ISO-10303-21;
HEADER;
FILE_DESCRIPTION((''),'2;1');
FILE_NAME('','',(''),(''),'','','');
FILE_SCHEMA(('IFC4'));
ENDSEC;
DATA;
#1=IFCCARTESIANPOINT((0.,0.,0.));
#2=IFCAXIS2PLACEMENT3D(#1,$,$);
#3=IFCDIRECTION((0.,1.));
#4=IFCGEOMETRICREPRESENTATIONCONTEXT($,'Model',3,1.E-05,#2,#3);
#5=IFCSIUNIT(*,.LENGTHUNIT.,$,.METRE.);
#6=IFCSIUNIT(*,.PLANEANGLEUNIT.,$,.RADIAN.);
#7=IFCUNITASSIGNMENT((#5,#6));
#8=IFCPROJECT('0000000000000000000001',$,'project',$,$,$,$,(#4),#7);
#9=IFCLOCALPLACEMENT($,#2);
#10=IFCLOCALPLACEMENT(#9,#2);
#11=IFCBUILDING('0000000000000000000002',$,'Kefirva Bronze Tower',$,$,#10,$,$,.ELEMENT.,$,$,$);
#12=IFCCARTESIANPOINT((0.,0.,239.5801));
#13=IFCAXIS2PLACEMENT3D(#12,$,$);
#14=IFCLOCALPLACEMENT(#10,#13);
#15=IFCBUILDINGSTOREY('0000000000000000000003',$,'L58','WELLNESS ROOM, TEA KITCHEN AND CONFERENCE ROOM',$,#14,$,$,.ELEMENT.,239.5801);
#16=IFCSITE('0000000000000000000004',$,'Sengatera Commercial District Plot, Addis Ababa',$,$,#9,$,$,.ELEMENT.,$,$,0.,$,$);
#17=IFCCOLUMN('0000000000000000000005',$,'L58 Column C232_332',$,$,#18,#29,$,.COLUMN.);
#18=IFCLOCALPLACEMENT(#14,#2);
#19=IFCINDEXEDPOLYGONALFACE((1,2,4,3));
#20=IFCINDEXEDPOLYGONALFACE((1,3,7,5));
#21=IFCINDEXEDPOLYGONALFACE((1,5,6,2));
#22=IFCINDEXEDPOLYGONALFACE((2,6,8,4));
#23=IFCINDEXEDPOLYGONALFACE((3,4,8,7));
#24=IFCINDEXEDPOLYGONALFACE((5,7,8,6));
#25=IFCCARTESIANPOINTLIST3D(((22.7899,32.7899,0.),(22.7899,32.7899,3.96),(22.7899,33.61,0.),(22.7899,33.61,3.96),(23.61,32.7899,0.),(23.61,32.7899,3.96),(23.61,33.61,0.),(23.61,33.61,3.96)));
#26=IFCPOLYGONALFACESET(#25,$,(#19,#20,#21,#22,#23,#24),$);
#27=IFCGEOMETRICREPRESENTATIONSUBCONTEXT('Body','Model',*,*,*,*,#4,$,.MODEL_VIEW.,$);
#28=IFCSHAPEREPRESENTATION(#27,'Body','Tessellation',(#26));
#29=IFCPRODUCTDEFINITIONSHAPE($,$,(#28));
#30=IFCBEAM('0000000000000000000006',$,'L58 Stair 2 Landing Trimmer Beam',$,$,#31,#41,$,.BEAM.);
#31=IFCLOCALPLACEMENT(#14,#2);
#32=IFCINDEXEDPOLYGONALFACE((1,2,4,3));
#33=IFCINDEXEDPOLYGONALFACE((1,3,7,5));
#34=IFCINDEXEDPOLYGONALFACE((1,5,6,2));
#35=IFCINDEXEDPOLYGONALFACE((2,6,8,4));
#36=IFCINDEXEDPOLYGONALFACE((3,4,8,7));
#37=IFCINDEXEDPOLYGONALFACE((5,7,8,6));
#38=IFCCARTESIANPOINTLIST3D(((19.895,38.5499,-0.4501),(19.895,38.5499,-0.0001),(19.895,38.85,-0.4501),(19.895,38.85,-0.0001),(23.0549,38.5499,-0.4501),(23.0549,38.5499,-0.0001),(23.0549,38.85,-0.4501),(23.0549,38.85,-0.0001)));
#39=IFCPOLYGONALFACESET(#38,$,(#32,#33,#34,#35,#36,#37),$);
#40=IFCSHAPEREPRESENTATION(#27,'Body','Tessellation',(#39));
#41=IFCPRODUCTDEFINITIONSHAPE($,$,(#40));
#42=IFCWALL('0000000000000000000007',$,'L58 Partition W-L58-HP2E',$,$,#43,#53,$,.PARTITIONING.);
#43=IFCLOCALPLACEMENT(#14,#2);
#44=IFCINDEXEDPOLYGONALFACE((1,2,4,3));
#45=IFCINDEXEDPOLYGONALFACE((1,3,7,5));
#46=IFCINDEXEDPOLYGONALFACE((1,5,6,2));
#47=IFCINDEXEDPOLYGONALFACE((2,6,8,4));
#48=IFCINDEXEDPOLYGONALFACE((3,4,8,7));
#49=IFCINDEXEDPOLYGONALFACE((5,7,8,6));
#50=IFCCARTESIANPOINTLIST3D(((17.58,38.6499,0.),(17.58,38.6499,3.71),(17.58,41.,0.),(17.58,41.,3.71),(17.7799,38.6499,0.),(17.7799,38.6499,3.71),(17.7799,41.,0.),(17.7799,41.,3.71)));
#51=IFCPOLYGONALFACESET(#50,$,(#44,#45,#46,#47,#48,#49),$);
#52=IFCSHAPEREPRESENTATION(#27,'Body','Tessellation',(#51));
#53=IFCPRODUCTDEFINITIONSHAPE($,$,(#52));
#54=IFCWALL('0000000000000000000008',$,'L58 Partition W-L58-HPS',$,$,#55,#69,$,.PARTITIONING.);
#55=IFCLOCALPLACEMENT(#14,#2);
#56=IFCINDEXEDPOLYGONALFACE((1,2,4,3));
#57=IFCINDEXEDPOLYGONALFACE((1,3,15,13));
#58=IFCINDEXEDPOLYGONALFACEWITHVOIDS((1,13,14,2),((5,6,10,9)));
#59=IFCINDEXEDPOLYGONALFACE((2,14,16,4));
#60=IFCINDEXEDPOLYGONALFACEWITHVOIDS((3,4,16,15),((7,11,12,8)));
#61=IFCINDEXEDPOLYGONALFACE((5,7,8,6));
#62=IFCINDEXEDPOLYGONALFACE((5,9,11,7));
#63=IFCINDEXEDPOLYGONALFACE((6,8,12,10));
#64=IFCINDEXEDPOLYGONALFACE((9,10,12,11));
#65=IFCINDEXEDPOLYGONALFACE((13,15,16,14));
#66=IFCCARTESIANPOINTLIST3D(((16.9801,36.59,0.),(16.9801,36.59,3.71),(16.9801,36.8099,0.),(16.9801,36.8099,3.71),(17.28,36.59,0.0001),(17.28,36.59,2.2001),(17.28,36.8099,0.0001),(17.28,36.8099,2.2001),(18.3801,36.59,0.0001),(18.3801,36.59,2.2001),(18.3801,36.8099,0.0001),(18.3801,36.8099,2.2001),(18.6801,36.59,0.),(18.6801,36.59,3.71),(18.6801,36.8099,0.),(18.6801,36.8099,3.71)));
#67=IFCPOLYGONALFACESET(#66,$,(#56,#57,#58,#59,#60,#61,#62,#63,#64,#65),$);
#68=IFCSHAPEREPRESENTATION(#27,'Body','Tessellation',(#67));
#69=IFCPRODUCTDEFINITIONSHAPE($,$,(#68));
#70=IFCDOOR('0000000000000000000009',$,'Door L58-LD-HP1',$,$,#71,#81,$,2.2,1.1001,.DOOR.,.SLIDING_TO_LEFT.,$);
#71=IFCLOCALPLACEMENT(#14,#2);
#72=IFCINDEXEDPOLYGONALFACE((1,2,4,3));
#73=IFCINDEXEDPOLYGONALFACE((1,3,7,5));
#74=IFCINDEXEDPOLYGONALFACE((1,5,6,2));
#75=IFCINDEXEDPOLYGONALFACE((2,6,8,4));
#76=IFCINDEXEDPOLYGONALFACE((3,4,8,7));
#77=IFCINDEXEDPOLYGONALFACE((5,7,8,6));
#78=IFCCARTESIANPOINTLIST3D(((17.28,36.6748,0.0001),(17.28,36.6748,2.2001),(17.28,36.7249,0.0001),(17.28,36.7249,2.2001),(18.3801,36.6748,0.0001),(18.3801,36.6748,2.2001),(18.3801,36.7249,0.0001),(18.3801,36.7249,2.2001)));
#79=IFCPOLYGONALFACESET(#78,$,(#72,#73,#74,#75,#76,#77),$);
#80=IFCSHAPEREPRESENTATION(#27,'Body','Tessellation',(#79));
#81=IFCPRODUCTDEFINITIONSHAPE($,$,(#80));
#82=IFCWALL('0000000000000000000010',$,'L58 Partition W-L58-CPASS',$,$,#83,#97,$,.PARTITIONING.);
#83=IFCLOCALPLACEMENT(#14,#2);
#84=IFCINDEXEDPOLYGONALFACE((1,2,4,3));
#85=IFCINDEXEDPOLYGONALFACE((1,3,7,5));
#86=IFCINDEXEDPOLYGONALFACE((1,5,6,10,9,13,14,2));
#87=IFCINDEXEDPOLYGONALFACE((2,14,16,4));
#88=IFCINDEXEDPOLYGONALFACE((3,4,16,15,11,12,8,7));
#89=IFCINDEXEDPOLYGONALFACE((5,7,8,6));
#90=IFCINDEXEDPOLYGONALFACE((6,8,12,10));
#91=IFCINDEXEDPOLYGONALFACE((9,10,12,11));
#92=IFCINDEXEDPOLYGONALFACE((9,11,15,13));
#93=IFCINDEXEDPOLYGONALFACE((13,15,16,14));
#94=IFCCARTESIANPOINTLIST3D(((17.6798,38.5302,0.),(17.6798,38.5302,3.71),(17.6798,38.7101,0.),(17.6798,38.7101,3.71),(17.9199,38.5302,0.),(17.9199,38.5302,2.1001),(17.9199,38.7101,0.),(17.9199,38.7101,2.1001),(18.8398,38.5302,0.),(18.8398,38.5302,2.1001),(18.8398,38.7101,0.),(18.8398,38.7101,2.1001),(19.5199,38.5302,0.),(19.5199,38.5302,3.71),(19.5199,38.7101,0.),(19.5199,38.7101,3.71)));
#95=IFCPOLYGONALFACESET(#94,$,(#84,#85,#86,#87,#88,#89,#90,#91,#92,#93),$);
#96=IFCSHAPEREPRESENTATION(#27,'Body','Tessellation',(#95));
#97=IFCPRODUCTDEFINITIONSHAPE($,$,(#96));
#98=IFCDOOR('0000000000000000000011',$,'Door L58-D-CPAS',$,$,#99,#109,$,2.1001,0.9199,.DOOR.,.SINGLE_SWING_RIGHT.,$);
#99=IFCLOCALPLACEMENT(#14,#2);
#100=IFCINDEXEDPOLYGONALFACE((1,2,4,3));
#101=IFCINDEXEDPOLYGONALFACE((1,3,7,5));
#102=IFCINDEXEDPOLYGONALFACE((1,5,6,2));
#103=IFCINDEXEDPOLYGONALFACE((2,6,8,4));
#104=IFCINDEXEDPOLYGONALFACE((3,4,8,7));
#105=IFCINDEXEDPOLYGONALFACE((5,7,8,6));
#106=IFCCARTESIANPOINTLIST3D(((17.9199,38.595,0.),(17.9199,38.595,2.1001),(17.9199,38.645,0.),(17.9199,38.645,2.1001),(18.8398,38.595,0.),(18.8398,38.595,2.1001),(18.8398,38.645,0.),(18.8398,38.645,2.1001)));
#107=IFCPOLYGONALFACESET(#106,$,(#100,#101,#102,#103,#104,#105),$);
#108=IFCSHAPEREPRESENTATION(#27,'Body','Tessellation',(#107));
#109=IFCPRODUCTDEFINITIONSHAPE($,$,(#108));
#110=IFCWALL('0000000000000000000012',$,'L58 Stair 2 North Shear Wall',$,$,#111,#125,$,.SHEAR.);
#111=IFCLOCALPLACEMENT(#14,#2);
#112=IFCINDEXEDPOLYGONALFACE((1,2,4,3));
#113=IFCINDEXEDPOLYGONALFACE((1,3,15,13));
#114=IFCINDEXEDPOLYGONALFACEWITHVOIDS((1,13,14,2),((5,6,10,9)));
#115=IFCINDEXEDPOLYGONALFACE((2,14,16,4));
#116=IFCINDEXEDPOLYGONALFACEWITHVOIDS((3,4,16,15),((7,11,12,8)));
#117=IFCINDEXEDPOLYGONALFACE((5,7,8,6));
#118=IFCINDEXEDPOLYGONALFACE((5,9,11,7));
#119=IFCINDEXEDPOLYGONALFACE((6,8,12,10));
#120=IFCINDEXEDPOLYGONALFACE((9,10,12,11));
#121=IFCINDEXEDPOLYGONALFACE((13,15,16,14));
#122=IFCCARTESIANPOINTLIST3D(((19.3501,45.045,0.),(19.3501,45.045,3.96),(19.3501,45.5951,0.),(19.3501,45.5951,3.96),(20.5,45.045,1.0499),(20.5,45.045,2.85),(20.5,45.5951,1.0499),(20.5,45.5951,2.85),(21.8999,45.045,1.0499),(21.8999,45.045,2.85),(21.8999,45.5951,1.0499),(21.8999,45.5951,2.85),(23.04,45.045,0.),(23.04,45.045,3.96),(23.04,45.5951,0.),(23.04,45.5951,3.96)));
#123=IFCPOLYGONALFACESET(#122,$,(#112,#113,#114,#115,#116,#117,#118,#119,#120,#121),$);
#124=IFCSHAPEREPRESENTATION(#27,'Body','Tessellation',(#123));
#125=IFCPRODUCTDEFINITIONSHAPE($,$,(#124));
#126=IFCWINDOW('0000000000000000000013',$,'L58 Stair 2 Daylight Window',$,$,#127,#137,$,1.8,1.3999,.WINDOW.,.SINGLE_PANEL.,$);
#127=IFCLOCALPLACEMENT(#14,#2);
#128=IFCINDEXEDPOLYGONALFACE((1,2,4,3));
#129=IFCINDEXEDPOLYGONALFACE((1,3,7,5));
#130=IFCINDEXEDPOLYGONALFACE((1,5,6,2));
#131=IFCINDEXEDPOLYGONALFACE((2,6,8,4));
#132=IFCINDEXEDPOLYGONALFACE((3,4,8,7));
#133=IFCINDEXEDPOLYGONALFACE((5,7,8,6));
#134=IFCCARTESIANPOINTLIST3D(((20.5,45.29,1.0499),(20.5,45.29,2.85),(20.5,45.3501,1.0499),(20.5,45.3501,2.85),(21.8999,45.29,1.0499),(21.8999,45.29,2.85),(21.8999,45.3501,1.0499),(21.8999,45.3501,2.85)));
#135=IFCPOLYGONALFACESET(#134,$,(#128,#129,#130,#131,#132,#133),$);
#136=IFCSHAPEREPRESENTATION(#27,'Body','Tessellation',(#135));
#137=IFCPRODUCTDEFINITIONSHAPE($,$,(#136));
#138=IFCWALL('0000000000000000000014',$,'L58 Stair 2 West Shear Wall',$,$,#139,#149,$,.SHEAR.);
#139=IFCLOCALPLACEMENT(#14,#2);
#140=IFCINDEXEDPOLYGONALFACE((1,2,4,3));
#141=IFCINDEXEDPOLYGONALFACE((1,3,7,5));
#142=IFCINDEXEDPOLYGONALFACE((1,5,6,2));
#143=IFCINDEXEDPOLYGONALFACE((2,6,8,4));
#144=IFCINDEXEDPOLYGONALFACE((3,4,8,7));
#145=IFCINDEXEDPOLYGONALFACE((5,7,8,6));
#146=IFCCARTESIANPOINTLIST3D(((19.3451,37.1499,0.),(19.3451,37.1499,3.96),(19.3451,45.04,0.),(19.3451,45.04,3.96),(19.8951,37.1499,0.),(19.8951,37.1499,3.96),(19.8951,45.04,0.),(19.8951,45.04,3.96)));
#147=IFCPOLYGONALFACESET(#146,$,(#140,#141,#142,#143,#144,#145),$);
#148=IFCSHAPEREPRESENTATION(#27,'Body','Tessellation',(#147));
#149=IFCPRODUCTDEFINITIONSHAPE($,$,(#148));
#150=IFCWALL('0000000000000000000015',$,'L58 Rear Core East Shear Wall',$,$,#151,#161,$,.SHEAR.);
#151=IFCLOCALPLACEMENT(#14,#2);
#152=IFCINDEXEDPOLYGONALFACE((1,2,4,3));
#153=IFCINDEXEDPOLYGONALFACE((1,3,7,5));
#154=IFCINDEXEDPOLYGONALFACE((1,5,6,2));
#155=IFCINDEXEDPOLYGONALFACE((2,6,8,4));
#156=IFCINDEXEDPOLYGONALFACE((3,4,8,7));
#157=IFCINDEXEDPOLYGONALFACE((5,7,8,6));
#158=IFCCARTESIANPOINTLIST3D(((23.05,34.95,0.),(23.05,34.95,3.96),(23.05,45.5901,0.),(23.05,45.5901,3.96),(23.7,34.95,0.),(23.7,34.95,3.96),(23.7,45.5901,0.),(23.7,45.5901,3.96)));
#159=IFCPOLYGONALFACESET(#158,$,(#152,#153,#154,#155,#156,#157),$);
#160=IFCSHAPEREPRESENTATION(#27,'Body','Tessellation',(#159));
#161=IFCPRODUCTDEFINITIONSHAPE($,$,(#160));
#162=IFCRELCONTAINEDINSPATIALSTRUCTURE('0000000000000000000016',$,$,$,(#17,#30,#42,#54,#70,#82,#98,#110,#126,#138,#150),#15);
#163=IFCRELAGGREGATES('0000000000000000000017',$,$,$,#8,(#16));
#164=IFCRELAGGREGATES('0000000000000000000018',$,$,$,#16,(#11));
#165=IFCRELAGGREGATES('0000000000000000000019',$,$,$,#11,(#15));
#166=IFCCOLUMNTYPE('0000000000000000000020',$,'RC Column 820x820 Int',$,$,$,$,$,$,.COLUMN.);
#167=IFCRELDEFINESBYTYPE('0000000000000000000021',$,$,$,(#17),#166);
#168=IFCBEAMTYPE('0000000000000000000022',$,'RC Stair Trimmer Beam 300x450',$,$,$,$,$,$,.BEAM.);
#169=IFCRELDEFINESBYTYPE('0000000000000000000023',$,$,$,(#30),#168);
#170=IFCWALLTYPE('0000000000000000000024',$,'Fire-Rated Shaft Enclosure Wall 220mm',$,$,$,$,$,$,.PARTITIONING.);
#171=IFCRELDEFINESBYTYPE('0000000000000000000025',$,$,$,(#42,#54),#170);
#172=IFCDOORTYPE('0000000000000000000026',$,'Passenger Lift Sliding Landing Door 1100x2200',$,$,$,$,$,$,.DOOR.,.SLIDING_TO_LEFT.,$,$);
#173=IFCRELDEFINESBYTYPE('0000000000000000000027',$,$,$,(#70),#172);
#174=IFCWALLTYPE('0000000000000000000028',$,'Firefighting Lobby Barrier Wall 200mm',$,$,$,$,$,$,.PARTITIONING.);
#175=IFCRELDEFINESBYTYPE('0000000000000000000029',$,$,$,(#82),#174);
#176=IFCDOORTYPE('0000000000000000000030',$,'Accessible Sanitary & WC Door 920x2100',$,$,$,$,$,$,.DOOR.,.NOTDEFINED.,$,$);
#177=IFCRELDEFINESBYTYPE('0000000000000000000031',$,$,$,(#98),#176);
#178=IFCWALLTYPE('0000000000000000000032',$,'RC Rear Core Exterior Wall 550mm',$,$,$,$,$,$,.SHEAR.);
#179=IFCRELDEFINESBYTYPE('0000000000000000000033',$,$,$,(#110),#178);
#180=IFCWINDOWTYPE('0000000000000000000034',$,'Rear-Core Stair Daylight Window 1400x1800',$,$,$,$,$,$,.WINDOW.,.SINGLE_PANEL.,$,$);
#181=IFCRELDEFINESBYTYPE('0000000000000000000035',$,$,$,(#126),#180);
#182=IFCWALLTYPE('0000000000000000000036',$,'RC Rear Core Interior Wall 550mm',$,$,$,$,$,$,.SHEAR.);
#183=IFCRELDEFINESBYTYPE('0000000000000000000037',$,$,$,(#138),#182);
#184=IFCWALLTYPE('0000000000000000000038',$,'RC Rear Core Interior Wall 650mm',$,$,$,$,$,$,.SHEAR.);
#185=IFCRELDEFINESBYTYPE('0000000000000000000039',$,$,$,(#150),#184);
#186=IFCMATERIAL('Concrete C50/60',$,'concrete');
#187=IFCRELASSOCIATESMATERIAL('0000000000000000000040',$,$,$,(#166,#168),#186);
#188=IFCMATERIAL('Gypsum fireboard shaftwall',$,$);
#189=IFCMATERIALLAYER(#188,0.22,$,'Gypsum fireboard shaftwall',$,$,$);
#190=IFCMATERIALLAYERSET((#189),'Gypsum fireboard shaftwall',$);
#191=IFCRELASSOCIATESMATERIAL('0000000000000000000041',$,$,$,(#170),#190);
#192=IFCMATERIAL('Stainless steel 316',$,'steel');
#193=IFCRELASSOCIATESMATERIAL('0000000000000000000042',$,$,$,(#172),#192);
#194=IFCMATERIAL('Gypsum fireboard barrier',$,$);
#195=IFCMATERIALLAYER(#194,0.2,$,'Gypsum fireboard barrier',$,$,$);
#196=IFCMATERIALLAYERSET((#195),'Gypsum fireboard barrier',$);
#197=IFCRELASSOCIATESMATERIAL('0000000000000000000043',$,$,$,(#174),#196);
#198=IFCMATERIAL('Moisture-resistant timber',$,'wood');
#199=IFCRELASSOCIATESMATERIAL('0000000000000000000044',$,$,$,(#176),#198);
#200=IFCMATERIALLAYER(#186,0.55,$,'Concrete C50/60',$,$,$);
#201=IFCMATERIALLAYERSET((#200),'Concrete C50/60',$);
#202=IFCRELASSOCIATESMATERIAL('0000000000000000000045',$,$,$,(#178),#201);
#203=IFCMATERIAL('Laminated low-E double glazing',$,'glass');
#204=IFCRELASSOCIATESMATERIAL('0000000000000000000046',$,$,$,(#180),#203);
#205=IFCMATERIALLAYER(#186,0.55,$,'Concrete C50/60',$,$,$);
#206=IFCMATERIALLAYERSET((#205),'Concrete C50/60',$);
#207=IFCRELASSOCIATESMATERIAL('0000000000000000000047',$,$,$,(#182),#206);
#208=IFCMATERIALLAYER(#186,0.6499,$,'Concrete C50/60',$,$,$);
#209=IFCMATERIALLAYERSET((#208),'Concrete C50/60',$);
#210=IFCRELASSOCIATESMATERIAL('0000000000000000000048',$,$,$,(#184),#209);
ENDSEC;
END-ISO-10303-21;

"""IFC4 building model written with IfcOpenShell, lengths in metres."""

from ifc_helpers import new_model, si_unit, direction, frame, frame_2d, origin, origin_2d, place, context, subcontext, project, spatial, rectangle, extrude, material, layer, layer_set, material_profile, profile_set, type_object, element, fill, save


model = new_model("IFC4")

# Units and contexts
model_context = context("Model", 3, precision=1e-05, world=origin(), true_north=direction((0.0, 1.0)))
body_context = subcontext(model_context, "Body", "Model", "MODEL_VIEW")
ifc_project = project(units=[si_unit("LENGTHUNIT", "METRE"), si_unit("PLANEANGLEUNIT", "RADIAN")], contexts=[model_context])

# Site, building, storey
site_placement = place(None, origin())
site = spatial("IfcSite", under=ifc_project, at=site_placement, Name="Sengatera Commercial District Plot, Addis Ababa", CompositionType="ELEMENT", RefElevation=0.0)
building_placement = place(site_placement, origin())
building = spatial("IfcBuilding", under=site, at=building_placement, Name="Kefirva Bronze Tower", CompositionType="ELEMENT")
storey_placement = place(building_placement, frame((0.0, 0.0, 239.5801)))
storey = spatial("IfcBuildingStorey", under=building, at=storey_placement, Name="L58", Description="WELLNESS ROOM, TEA KITCHEN AND CONFERENCE ROOM", CompositionType="ELEMENT", Elevation=239.5801)

# Column
ifc_material_1 = material(Name="Concrete C50/60", Category="concrete")
ifc_material_profile_1 = material_profile(ifc_material_1, rectangle(XDim=0.8201, YDim=0.8201, at=origin_2d()), Name="RC 820x820")
ifc_profile_set_1 = profile_set([ifc_material_profile_1], Name="Concrete C50/60")
column_type = type_object("IfcColumnType", Name="RC Column 820x820 Int", PredefinedType="COLUMN", material=ifc_profile_set_1)
column_placement = place(storey_placement, frame((23.2, 33.2, 0.0), z_axis=(0.0, 0.0, 1.0), x_axis=(1.0, 0.0, 0.0)))
element("IfcColumn", 1, at=column_placement, inside=storey, type_object=column_type, Name="L58 Column C232_332", PredefinedType="COLUMN", context=body_context, shape_type="SweptSolid", body=[
    extrude(rectangle(XDim=0.8201, YDim=0.8201, at=origin_2d()), origin(), (0.0, 0.0, 1.0), 3.96),
])

# Beam
ifc_material_profile_2 = material_profile(ifc_material_1, rectangle(XDim=0.3, YDim=0.45, at=origin_2d()), Name="RC 300x450")
ifc_profile_set_2 = profile_set([ifc_material_profile_2], Name="Concrete C50/60")
beam_type = type_object("IfcBeamType", Name="RC Stair Trimmer Beam 300x450", PredefinedType="BEAM", material=ifc_profile_set_2)
beam_placement = place(storey_placement, frame((19.895, 38.7, -0.2251), z_axis=(1.0, 0.0, 0.0), x_axis=(0.0, 1.0, 0.0)))
element("IfcBeam", 2, at=beam_placement, inside=storey, type_object=beam_type, Name="L58 Stair 2 Landing Trimmer Beam", PredefinedType="BEAM", context=body_context, shape_type="SweptSolid", body=[
    extrude(rectangle(XDim=0.3, YDim=0.45, at=origin_2d()), origin(), (0.0, 0.0, 1.0), 3.1599),
])

# Shared definitions
ifc_material_2 = material(Name="Gypsum fireboard shaftwall")
ifc_layer_1 = layer(ifc_material_2, 0.22, Name="Gypsum fireboard shaftwall")
ifc_layer_set_1 = layer_set([ifc_layer_1], Name="Gypsum fireboard shaftwall")
wall_type_1 = type_object("IfcWallType", Name="Fire-Rated Shaft Enclosure Wall 220mm", PredefinedType="PARTITIONING", material=ifc_layer_set_1)

# Wall
wall_1_placement = place(storey_placement, frame((17.6799, 38.6499, 0.0), z_axis=(0.0, 0.0, 1.0), x_axis=(0.0, 1.0, 0.0)))
element("IfcWall", 3, at=wall_1_placement, inside=storey, type_object=wall_type_1, Name="L58 Partition W-L58-HP2E", PredefinedType="PARTITIONING", context=body_context, shape_type="SweptSolid", body=[
    extrude(rectangle(XDim=2.3501, YDim=0.2, at=frame_2d((1.175, 0.0))), origin(), (0.0, 0.0, 1.0), 3.71),
])

# Walls, openings, doors
wall_2_placement = place(storey_placement, frame((16.98, 36.7, 0.0), z_axis=(0.0, 0.0, 1.0), x_axis=(1.0, 0.0, 0.0)))
wall_2 = element("IfcWall", 4, at=wall_2_placement, inside=storey, type_object=wall_type_1, Name="L58 Partition W-L58-HPS", PredefinedType="PARTITIONING", context=body_context, shape_type="SweptSolid", body=[
    extrude(rectangle(XDim=1.7, YDim=0.22, at=frame_2d((0.8501, 0.0))), origin(), (0.0, 0.0, 1.0), 3.71),
])
opening_1_placement = place(wall_2_placement, frame((0.3, 0.0, 0.0)))
opening_1 = element("IfcOpeningElement", 5, at=opening_1_placement, cuts=wall_2, PredefinedType="OPENING", context=body_context, shape_type="SweptSolid", body=[
    extrude(rectangle(XDim=1.1001, YDim=2.2, at=frame_2d((0.55, 1.1001))), frame((0.0, 0.1201, 0.0), z_axis=(0.0, -1.0, 0.0), x_axis=(1.0, 0.0, 0.0)), (0.0, 0.0, 1.0), 0.24),
])
ifc_material_3 = material(Name="Stainless steel 316", Category="steel")
door_type_1 = type_object("IfcDoorType", Name="Passenger Lift Sliding Landing Door 1100x2200", OperationType="SLIDING_TO_LEFT", PredefinedType="DOOR", material=ifc_material_3)
door_1_placement = place(opening_1_placement, origin())
door_1 = element("IfcDoor", 6, at=door_1_placement, inside=storey, type_object=door_type_1, Name="Door L58-LD-HP1", OperationType="SLIDING_TO_LEFT", OverallHeight=2.2, OverallWidth=1.1001, PredefinedType="DOOR", context=body_context, shape_type="SweptSolid", body=[
    extrude(rectangle(XDim=1.1001, YDim=2.2, at=frame_2d((0.55, 1.1001))), frame((0.0, 0.0249, 0.0), z_axis=(0.0, -1.0, 0.0), x_axis=(1.0, 0.0, 0.0)), (0.0, 0.0, 1.0), 0.05),
])
fill(opening_1, door_1)
ifc_material_4 = material(Name="Gypsum fireboard barrier")
ifc_layer_2 = layer(ifc_material_4, 0.2, Name="Gypsum fireboard barrier")
ifc_layer_set_2 = layer_set([ifc_layer_2], Name="Gypsum fireboard barrier")
wall_type_2 = type_object("IfcWallType", Name="Firefighting Lobby Barrier Wall 200mm", PredefinedType="PARTITIONING", material=ifc_layer_set_2)
wall_3_placement = place(storey_placement, frame((17.6799, 38.6201, 0.0), z_axis=(0.0, 0.0, 1.0), x_axis=(1.0, 0.0, 0.0)))
wall_3 = element("IfcWall", 7, at=wall_3_placement, inside=storey, type_object=wall_type_2, Name="L58 Partition W-L58-CPASS", PredefinedType="PARTITIONING", context=body_context, shape_type="SweptSolid", body=[
    extrude(rectangle(XDim=1.8401, YDim=0.1799, at=frame_2d((0.9199, 0.0))), origin(), (0.0, 0.0, 1.0), 3.71),
])
opening_2_placement = place(wall_3_placement, frame((0.24, 0.0, 0.0)))
opening_2 = element("IfcOpeningElement", 8, at=opening_2_placement, cuts=wall_3, PredefinedType="OPENING", context=body_context, shape_type="SweptSolid", body=[
    extrude(rectangle(XDim=0.9199, YDim=2.1001, at=frame_2d((0.46, 1.05))), frame((0.0, 0.1001, 0.0), z_axis=(0.0, -1.0, 0.0), x_axis=(1.0, 0.0, 0.0)), (0.0, 0.0, 1.0), 0.2),
])
ifc_material_5 = material(Name="Moisture-resistant timber", Category="wood")
door_type_2 = type_object("IfcDoorType", Name="Accessible Sanitary & WC Door 920x2100", OperationType="NOTDEFINED", PredefinedType="DOOR", material=ifc_material_5)
door_2_placement = place(opening_2_placement, origin())
door_2 = element("IfcDoor", 9, at=door_2_placement, inside=storey, type_object=door_type_2, Name="Door L58-D-CPAS", OperationType="SINGLE_SWING_RIGHT", OverallHeight=2.1001, OverallWidth=0.9199, PredefinedType="DOOR", context=body_context, shape_type="SweptSolid", body=[
    extrude(rectangle(XDim=0.9199, YDim=2.1001, at=frame_2d((0.46, 1.05))), frame((0.0, 0.0249, 0.0), z_axis=(0.0, -1.0, 0.0), x_axis=(1.0, 0.0, 0.0)), (0.0, 0.0, 1.0), 0.05),
])
fill(opening_2, door_2)

# Wall, opening, window
ifc_layer_3 = layer(ifc_material_1, 0.55, Name="Concrete C50/60")
ifc_layer_set_3 = layer_set([ifc_layer_3], Name="Concrete C50/60")
wall_type_3 = type_object("IfcWallType", Name="RC Rear Core Exterior Wall 550mm", PredefinedType="SHEAR", material=ifc_layer_set_3)
wall_4_placement = place(storey_placement, frame((19.3501, 45.3201, 0.0), z_axis=(0.0, 0.0, 1.0), x_axis=(1.0, 0.0, 0.0)))
wall_4 = element("IfcWall", 10, at=wall_4_placement, inside=storey, type_object=wall_type_3, Name="L58 Stair 2 North Shear Wall", PredefinedType="SHEAR", context=body_context, shape_type="SweptSolid", body=[
    extrude(rectangle(XDim=3.6899, YDim=0.55, at=frame_2d((1.845, 0.0))), origin(), (0.0, 0.0, 1.0), 3.96),
])
opening_3_placement = place(wall_4_placement, frame((1.1499, 0.0, 1.05)))
opening_3 = element("IfcOpeningElement", 11, at=opening_3_placement, cuts=wall_4, PredefinedType="OPENING", context=body_context, shape_type="SweptSolid", body=[
    extrude(rectangle(XDim=1.3999, YDim=1.8, at=frame_2d((0.7, 0.8999))), frame((0.0, 0.2852, 0.0), z_axis=(0.0, -1.0, 0.0), x_axis=(1.0, 0.0, 0.0)), (0.0, 0.0, 1.0), 0.5701),
])
ifc_material_6 = material(Name="Laminated low-E double glazing", Category="glass")
window_type = type_object("IfcWindowType", Name="Rear-Core Stair Daylight Window 1400x1800", PartitioningType="SINGLE_PANEL", PredefinedType="WINDOW", material=ifc_material_6)
window_placement = place(opening_3_placement, origin())
window = element("IfcWindow", 12, at=window_placement, inside=storey, type_object=window_type, Name="L58 Stair 2 Daylight Window", OverallHeight=1.8, OverallWidth=1.3999, PartitioningType="SINGLE_PANEL", PredefinedType="WINDOW", context=body_context, shape_type="SweptSolid", body=[
    extrude(rectangle(XDim=1.3999, YDim=1.8, at=frame_2d((0.7, 0.8999))), frame((0.0, 0.03, 0.0), z_axis=(0.0, -1.0, 0.0), x_axis=(1.0, 0.0, 0.0)), (0.0, 0.0, 1.0), 0.0601),
])
fill(opening_3, window)

# Walls
ifc_layer_4 = layer(ifc_material_1, 0.55, Name="Concrete C50/60")
ifc_layer_set_4 = layer_set([ifc_layer_4], Name="Concrete C50/60")
wall_type_4 = type_object("IfcWallType", Name="RC Rear Core Interior Wall 550mm", PredefinedType="SHEAR", material=ifc_layer_set_4)
wall_5_placement = place(storey_placement, frame((19.6201, 37.1499, 0.0), z_axis=(0.0, 0.0, 1.0), x_axis=(0.0, 1.0, 0.0)))
element("IfcWall", 13, at=wall_5_placement, inside=storey, type_object=wall_type_4, Name="L58 Stair 2 West Shear Wall", PredefinedType="SHEAR", context=body_context, shape_type="SweptSolid", body=[
    extrude(rectangle(XDim=7.8901, YDim=0.55, at=frame_2d((3.9451, 0.0))), origin(), (0.0, 0.0, 1.0), 3.96),
])
ifc_layer_5 = layer(ifc_material_1, 0.6499, Name="Concrete C50/60")
ifc_layer_set_5 = layer_set([ifc_layer_5], Name="Concrete C50/60")
wall_type_5 = type_object("IfcWallType", Name="RC Rear Core Interior Wall 650mm", PredefinedType="SHEAR", material=ifc_layer_set_5)
wall_6_placement = place(storey_placement, frame((23.375, 34.95, 0.0), z_axis=(0.0, 0.0, 1.0), x_axis=(0.0, 1.0, 0.0)))
element("IfcWall", 14, at=wall_6_placement, inside=storey, type_object=wall_type_5, Name="L58 Rear Core East Shear Wall", PredefinedType="SHEAR", context=body_context, shape_type="SweptSolid", body=[
    extrude(rectangle(XDim=10.6401, YDim=0.6499, at=frame_2d((5.3201, 0.0))), origin(), (0.0, 0.0, 1.0), 3.96),
])

save(model, "model.ifc")
